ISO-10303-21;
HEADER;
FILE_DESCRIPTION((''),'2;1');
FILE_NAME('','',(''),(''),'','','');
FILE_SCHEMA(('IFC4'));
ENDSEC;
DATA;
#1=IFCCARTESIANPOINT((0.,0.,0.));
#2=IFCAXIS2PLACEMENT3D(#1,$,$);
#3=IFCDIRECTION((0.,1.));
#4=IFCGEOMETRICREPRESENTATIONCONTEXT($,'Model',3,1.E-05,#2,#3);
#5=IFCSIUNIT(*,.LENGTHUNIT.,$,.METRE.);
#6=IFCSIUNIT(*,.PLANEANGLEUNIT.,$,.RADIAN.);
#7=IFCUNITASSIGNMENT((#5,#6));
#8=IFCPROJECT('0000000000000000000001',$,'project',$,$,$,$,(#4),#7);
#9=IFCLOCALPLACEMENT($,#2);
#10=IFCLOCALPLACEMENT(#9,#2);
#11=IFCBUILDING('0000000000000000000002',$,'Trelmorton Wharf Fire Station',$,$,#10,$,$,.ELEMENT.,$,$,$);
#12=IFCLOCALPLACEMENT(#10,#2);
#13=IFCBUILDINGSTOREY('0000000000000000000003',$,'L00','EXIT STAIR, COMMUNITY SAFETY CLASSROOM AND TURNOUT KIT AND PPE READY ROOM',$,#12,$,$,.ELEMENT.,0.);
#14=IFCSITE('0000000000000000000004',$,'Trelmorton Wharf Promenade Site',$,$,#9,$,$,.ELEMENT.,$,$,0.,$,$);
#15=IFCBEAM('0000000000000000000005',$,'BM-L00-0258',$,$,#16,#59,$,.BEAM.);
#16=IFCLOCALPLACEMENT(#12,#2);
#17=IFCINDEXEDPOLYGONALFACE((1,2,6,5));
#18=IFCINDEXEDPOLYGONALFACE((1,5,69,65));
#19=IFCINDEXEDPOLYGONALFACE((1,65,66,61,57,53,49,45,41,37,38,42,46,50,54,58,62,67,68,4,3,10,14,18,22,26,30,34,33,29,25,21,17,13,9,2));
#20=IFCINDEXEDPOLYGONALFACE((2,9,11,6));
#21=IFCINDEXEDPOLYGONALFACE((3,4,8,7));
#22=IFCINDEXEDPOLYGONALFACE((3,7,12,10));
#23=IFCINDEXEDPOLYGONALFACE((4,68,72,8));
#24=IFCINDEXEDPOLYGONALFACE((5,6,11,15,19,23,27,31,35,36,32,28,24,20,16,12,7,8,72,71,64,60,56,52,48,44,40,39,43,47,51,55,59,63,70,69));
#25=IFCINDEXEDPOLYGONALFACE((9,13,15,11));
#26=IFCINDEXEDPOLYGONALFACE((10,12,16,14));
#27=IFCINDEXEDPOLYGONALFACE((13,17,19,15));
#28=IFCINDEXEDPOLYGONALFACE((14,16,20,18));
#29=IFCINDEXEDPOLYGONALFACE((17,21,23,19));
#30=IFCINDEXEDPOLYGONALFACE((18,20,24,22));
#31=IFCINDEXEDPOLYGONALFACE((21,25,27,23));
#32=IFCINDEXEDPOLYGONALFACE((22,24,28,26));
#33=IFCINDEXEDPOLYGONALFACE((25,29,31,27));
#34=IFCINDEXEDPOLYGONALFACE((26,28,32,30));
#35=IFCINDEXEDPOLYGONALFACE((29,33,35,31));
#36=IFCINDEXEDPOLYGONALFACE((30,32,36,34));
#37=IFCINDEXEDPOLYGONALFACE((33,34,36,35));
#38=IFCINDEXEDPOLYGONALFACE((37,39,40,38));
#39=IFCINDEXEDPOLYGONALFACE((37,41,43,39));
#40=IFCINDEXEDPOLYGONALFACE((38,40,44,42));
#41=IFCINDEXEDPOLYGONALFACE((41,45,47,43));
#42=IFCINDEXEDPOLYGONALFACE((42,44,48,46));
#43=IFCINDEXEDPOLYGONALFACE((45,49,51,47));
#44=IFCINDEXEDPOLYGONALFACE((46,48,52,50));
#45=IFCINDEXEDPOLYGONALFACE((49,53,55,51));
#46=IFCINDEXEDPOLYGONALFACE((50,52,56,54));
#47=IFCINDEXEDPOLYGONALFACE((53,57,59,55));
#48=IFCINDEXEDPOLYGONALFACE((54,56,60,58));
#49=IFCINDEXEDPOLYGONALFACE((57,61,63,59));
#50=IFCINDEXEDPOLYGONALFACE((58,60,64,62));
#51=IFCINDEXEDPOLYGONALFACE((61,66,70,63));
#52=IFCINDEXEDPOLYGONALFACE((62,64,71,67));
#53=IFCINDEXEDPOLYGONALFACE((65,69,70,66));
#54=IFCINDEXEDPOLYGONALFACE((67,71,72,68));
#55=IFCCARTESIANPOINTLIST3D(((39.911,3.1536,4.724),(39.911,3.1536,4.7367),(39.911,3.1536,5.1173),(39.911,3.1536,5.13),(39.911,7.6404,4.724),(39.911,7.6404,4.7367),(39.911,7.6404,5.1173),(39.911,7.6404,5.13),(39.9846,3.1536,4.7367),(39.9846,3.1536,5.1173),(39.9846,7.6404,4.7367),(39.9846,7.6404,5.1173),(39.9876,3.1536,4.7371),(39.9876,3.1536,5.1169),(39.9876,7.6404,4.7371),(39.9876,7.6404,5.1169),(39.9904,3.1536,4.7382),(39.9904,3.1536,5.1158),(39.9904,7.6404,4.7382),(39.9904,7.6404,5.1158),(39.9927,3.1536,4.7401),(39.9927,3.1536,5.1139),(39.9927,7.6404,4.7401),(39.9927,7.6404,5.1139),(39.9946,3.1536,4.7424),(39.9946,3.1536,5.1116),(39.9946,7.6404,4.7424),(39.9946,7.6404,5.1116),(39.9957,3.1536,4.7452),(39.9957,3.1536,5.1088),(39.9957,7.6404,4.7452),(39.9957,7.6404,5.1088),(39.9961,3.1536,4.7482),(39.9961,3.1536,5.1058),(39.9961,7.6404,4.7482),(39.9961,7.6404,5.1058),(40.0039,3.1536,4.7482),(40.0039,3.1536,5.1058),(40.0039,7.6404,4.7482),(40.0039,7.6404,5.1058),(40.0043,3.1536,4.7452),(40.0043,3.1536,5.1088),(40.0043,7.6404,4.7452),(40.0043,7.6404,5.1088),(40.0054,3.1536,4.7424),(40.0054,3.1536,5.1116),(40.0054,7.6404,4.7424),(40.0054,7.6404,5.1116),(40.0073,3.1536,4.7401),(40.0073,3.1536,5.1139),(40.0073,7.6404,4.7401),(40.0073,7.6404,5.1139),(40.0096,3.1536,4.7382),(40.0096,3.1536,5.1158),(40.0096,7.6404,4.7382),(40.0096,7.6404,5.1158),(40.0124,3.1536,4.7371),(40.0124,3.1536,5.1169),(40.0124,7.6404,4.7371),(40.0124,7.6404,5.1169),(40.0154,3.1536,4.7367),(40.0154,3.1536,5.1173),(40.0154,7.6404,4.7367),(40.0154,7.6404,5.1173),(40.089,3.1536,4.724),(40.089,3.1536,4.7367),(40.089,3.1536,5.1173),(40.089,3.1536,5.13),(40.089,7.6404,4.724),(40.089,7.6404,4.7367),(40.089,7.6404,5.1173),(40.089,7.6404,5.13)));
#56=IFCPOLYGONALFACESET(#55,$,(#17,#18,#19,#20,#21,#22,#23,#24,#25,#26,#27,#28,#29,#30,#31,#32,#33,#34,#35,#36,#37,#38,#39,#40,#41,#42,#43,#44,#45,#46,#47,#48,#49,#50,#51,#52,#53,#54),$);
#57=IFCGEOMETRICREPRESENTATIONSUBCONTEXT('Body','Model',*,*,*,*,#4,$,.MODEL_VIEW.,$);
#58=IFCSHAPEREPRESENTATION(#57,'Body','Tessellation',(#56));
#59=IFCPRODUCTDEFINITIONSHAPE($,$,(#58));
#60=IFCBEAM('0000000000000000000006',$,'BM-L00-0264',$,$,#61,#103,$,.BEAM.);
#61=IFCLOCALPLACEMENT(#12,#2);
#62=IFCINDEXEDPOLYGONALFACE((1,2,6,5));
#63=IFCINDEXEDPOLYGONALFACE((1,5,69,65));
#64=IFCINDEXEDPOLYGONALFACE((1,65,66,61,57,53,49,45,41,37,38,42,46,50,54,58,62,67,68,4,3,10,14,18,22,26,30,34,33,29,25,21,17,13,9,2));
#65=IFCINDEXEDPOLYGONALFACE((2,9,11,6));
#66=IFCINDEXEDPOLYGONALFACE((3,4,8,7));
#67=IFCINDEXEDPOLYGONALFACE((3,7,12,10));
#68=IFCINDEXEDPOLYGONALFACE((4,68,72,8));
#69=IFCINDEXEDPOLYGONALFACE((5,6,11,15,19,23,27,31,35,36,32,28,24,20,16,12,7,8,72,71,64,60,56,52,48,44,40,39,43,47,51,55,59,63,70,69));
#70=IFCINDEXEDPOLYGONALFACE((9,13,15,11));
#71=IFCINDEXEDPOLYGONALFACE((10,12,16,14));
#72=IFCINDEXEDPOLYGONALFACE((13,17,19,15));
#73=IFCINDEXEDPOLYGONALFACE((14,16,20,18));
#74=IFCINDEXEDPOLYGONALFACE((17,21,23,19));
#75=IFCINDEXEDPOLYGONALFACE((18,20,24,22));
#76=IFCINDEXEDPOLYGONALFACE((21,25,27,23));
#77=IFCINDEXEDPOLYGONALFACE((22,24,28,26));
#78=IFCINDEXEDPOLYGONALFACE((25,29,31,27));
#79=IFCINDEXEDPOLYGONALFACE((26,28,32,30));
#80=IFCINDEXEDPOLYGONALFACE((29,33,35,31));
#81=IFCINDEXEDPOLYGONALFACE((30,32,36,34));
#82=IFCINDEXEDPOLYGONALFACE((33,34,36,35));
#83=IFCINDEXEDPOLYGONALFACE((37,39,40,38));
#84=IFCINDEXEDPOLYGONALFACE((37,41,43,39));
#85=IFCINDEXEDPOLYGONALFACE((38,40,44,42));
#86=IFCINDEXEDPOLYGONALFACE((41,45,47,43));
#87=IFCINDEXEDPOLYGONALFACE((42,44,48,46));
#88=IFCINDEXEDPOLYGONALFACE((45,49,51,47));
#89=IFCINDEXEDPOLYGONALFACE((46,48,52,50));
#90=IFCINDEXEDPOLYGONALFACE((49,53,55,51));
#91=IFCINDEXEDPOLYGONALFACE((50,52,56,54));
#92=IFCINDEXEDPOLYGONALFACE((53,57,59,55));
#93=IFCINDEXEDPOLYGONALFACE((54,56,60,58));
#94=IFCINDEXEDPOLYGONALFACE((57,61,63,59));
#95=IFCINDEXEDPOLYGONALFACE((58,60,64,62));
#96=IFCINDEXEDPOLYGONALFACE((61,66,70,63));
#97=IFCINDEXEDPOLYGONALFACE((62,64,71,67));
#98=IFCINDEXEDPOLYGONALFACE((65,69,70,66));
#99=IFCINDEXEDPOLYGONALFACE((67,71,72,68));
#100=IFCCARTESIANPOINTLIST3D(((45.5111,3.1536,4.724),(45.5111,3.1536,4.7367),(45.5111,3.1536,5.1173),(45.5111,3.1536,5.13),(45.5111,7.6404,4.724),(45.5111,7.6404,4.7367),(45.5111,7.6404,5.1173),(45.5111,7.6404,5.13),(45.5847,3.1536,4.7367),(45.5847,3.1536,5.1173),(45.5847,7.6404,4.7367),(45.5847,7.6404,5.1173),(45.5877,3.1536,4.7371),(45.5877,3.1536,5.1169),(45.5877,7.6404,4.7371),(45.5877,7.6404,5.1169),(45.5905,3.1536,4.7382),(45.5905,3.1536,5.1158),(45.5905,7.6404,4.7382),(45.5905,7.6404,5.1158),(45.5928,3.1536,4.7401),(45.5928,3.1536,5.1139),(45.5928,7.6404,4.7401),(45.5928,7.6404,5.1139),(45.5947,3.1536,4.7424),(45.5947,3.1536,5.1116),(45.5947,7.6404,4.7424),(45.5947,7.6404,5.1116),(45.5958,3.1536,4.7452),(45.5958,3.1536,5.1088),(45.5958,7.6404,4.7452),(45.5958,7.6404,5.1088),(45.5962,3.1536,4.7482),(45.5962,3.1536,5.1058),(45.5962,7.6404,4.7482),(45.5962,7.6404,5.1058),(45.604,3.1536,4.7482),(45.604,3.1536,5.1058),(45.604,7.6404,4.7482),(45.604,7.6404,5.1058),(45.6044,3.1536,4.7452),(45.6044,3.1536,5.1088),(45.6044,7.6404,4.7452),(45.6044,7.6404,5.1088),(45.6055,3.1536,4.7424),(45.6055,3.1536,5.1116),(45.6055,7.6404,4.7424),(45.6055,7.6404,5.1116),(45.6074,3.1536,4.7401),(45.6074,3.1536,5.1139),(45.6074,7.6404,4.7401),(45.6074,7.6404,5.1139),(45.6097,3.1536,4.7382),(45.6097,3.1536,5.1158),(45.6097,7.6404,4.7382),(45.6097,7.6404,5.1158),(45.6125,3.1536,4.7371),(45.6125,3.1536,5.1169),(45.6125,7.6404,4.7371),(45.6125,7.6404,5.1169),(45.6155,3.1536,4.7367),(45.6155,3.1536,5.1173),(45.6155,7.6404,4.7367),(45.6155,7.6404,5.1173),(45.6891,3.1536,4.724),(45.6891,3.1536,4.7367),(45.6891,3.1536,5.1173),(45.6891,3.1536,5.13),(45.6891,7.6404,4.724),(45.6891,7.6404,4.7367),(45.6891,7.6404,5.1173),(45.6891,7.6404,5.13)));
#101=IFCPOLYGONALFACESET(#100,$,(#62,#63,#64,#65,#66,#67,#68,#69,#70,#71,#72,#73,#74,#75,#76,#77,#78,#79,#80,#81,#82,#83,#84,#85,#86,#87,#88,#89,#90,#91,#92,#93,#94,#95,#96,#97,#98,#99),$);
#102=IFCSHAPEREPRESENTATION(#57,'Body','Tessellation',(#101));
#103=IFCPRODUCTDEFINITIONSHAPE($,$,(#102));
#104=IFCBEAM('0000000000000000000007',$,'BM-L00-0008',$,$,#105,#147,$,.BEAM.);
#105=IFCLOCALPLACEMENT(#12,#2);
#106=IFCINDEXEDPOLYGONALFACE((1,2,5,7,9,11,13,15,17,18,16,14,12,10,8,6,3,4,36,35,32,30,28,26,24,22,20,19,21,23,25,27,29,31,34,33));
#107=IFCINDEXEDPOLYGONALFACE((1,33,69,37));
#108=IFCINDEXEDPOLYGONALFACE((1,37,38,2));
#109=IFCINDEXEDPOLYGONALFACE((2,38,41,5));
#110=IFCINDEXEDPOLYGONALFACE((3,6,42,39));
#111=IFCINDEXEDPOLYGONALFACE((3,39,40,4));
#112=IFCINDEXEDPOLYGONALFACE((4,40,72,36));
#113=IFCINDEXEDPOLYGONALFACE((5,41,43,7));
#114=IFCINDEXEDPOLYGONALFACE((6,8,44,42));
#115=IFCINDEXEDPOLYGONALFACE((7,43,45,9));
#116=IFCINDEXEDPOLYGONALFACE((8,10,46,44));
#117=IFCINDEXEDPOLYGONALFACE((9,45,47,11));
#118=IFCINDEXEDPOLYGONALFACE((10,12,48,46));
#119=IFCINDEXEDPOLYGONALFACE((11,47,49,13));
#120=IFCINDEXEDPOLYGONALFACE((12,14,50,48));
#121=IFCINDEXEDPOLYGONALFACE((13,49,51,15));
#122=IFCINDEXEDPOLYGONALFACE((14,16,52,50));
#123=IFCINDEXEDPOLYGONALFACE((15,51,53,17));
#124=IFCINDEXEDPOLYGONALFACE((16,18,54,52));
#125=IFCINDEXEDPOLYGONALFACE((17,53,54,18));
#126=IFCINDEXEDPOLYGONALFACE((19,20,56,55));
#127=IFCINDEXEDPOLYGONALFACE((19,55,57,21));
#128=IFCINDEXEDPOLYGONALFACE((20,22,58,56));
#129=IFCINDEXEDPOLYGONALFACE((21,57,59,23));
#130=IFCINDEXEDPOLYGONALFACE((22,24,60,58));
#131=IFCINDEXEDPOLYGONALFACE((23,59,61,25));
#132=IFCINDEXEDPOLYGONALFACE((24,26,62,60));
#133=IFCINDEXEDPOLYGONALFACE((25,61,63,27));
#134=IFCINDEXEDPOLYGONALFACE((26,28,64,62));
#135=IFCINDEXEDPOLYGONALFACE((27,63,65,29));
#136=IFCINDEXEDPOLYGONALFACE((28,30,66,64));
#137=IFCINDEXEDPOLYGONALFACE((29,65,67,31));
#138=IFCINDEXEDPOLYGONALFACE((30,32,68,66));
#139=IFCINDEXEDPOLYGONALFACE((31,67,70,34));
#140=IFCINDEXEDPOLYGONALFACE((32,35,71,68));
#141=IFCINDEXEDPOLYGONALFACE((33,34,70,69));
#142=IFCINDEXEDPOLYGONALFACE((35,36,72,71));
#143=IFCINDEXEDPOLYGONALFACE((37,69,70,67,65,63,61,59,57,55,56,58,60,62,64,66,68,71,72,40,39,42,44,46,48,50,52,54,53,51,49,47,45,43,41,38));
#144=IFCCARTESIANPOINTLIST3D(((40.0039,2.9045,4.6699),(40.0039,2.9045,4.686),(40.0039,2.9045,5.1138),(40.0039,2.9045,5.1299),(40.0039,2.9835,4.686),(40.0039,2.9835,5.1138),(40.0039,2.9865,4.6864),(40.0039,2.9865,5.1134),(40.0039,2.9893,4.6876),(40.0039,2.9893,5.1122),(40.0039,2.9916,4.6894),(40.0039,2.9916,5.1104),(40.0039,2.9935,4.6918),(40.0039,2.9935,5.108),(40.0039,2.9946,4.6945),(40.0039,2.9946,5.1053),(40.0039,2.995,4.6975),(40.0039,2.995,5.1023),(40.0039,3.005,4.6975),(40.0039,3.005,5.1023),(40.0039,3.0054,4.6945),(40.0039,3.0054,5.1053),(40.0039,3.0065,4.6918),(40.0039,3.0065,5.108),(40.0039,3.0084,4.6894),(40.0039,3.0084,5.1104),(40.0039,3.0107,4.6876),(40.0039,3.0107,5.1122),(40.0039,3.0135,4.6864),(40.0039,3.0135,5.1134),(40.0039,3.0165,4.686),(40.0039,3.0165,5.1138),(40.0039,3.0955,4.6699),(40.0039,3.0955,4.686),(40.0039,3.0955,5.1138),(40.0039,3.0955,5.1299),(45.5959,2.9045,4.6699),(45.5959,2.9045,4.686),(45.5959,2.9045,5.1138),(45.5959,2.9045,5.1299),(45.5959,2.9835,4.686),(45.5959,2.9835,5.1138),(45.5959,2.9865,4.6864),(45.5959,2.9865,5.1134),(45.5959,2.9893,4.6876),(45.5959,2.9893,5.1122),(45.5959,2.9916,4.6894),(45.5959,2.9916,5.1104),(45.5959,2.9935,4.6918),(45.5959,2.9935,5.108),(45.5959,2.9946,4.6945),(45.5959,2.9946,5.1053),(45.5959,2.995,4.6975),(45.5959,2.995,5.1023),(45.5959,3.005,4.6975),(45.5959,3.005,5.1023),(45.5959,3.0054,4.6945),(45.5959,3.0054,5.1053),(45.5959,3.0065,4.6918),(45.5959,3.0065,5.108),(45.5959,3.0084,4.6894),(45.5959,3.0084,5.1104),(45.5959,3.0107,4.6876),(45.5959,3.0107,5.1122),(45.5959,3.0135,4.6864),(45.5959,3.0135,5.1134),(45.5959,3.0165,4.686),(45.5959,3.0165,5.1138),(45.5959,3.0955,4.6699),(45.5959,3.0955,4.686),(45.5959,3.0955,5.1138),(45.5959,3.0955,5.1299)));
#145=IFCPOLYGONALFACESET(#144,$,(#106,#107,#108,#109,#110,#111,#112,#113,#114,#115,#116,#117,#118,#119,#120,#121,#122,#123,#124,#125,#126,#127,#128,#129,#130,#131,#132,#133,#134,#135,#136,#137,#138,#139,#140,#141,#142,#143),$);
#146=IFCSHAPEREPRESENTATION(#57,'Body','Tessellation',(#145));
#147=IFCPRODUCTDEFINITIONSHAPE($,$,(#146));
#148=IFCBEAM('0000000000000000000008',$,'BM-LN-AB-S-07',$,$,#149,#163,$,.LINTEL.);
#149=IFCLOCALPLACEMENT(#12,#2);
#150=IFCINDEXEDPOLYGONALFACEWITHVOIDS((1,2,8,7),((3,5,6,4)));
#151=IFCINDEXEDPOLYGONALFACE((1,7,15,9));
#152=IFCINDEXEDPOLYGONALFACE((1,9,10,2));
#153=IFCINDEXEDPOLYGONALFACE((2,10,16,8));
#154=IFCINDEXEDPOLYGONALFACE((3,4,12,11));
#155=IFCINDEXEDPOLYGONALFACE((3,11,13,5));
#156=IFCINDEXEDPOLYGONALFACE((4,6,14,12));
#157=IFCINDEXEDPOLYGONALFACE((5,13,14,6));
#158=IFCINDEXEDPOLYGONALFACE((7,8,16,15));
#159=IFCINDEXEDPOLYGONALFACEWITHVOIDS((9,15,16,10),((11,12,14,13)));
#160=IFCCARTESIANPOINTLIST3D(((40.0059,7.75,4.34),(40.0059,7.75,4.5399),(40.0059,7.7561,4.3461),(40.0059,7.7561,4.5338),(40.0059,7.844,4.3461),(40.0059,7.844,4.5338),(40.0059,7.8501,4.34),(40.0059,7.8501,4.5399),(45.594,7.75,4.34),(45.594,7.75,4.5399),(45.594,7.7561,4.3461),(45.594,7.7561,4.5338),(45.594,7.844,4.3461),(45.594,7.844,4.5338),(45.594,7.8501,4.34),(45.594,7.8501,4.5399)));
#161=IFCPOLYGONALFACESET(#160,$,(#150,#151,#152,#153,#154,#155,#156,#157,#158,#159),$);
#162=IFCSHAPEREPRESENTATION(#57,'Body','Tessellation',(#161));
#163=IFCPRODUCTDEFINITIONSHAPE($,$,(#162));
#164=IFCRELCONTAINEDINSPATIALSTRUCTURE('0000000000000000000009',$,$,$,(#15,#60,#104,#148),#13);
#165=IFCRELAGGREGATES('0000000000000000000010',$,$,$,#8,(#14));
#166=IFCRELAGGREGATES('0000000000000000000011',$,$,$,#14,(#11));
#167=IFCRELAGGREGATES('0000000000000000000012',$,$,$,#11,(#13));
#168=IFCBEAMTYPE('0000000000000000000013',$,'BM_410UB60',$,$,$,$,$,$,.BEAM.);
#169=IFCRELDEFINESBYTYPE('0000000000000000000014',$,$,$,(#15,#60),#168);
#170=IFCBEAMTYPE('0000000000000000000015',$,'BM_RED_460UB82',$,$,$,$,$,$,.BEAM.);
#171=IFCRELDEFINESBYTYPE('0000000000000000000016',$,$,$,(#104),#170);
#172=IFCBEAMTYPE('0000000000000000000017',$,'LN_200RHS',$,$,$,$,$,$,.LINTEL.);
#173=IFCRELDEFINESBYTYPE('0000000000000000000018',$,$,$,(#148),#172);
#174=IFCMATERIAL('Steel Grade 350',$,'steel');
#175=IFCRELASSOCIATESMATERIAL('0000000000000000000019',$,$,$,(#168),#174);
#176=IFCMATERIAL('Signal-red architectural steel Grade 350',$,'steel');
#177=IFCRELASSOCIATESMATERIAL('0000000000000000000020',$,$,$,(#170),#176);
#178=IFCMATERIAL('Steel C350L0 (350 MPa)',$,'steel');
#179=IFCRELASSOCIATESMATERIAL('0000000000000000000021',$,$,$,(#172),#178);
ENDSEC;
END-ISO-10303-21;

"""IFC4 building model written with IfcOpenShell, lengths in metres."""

from ifc_helpers import new_model, si_unit, direction, frame, origin, origin_2d, place, context, subcontext, project, spatial, hollow_rectangle, i_section, extrude, material, material_profile, profile_set, type_object, element, save


model = new_model("IFC4")

# Units and contexts
model_context = context("Model", 3, precision=1e-05, world=origin(), true_north=direction((0.0, 1.0)))
body_context = subcontext(model_context, "Body", "Model", "MODEL_VIEW")
ifc_project = project(units=[si_unit("LENGTHUNIT", "METRE"), si_unit("PLANEANGLEUNIT", "RADIAN")], contexts=[model_context])

# Site, building, storey
site_placement = place(None, origin())
site = spatial("IfcSite", under=ifc_project, at=site_placement, Name="Trelmorton Wharf Promenade Site", CompositionType="ELEMENT", RefElevation=0.0)
building_placement = place(site_placement, origin())
building = spatial("IfcBuilding", under=site, at=building_placement, Name="Trelmorton Wharf Fire Station", CompositionType="ELEMENT")
storey_placement = place(building_placement, origin())
storey = spatial("IfcBuildingStorey", under=building, at=storey_placement, Name="L00", Description="EXIT STAIR, COMMUNITY SAFETY CLASSROOM AND TURNOUT KIT AND PPE READY ROOM", CompositionType="ELEMENT", Elevation=0.0)

# Shared definitions
ifc_material_1 = material(Name="Steel Grade 350", Category="steel")
ifc_material_2 = material(Name="Signal-red architectural steel Grade 350", Category="steel")

# Beams
ifc_material_profile_1 = material_profile(ifc_material_1, i_section(OverallWidth=0.178, OverallDepth=0.406, WebThickness=0.0078, FlangeThickness=0.0127, FilletRadius=0.0115, at=origin_2d()), Name="410UB59.7")
ifc_profile_set_1 = profile_set([ifc_material_profile_1], Name="Steel Grade 350")
beam_type_1 = type_object("IfcBeamType", Name="BM_410UB60", PredefinedType="BEAM", material=ifc_profile_set_1)
for number, where, z_axis, x_axis, name in (
    (1, (40.0, 3.1536, 4.927), (0.0, 1.0, 0.0), (-1.0, 0.0, 0.0), "BM-L00-0258"),
    (2, (45.6001, 3.1536, 4.927), (0.0, 1.0, 0.0), (-1.0, 0.0, 0.0), "BM-L00-0264"),
):
    element("IfcBeam", number, at=place(storey_placement, frame(where, z_axis=z_axis, x_axis=x_axis)), inside=storey, type_object=beam_type_1, Name=name, PredefinedType="BEAM", context=body_context, shape_type="SweptSolid", body=[
        extrude(i_section(OverallWidth=0.178, OverallDepth=0.406, WebThickness=0.0078, FlangeThickness=0.0127, FilletRadius=0.0115, at=origin_2d()), origin(), (0.0, 0.0, 1.0), 4.4868),
    ])
ifc_material_profile_2 = material_profile(ifc_material_2, i_section(OverallWidth=0.1909, OverallDepth=0.46, WebThickness=0.01, FlangeThickness=0.0161, FilletRadius=0.0115, at=origin_2d()), Name="460UB82.1")
ifc_profile_set_2 = profile_set([ifc_material_profile_2], Name="Signal-red architectural steel Grade 350")
beam_type_2 = type_object("IfcBeamType", Name="BM_RED_460UB82", PredefinedType="BEAM", material=ifc_profile_set_2)
beam_1_placement = place(storey_placement, frame((40.0039, 3.0, 4.8999), z_axis=(1.0, 0.0, 0.0), x_axis=(0.0, 1.0, 0.0)))
element("IfcBeam", 3, at=beam_1_placement, inside=storey, type_object=beam_type_2, Name="BM-L00-0008", PredefinedType="BEAM", context=body_context, shape_type="SweptSolid", body=[
    extrude(i_section(OverallWidth=0.1909, OverallDepth=0.46, WebThickness=0.01, FlangeThickness=0.0161, FilletRadius=0.0115, at=origin_2d()), origin(), (0.0, 0.0, 1.0), 5.592),
])
ifc_material_3 = material(Name="Steel C350L0 (350 MPa)", Category="steel")
ifc_material_profile_3 = material_profile(ifc_material_3, hollow_rectangle(XDim=0.1001, YDim=0.2, WallThickness=0.0061, at=origin_2d()), Name="200x100x6.0RHS")
ifc_profile_set_3 = profile_set([ifc_material_profile_3], Name="Steel C350L0 (350 MPa)")
beam_type_3 = type_object("IfcBeamType", Name="LN_200RHS", PredefinedType="LINTEL", material=ifc_profile_set_3)
beam_2_placement = place(storey_placement, frame((40.0059, 7.8, 4.4399), z_axis=(1.0, 0.0, 0.0), x_axis=(0.0, 1.0, 0.0)))
element("IfcBeam", 4, at=beam_2_placement, inside=storey, type_object=beam_type_3, Name="BM-LN-AB-S-07", PredefinedType="LINTEL", context=body_context, shape_type="SweptSolid", body=[
    extrude(hollow_rectangle(XDim=0.1001, YDim=0.2, WallThickness=0.0061, at=origin_2d()), origin(), (0.0, 0.0, 1.0), 5.5881),
])

save(model, "model.ifc")
